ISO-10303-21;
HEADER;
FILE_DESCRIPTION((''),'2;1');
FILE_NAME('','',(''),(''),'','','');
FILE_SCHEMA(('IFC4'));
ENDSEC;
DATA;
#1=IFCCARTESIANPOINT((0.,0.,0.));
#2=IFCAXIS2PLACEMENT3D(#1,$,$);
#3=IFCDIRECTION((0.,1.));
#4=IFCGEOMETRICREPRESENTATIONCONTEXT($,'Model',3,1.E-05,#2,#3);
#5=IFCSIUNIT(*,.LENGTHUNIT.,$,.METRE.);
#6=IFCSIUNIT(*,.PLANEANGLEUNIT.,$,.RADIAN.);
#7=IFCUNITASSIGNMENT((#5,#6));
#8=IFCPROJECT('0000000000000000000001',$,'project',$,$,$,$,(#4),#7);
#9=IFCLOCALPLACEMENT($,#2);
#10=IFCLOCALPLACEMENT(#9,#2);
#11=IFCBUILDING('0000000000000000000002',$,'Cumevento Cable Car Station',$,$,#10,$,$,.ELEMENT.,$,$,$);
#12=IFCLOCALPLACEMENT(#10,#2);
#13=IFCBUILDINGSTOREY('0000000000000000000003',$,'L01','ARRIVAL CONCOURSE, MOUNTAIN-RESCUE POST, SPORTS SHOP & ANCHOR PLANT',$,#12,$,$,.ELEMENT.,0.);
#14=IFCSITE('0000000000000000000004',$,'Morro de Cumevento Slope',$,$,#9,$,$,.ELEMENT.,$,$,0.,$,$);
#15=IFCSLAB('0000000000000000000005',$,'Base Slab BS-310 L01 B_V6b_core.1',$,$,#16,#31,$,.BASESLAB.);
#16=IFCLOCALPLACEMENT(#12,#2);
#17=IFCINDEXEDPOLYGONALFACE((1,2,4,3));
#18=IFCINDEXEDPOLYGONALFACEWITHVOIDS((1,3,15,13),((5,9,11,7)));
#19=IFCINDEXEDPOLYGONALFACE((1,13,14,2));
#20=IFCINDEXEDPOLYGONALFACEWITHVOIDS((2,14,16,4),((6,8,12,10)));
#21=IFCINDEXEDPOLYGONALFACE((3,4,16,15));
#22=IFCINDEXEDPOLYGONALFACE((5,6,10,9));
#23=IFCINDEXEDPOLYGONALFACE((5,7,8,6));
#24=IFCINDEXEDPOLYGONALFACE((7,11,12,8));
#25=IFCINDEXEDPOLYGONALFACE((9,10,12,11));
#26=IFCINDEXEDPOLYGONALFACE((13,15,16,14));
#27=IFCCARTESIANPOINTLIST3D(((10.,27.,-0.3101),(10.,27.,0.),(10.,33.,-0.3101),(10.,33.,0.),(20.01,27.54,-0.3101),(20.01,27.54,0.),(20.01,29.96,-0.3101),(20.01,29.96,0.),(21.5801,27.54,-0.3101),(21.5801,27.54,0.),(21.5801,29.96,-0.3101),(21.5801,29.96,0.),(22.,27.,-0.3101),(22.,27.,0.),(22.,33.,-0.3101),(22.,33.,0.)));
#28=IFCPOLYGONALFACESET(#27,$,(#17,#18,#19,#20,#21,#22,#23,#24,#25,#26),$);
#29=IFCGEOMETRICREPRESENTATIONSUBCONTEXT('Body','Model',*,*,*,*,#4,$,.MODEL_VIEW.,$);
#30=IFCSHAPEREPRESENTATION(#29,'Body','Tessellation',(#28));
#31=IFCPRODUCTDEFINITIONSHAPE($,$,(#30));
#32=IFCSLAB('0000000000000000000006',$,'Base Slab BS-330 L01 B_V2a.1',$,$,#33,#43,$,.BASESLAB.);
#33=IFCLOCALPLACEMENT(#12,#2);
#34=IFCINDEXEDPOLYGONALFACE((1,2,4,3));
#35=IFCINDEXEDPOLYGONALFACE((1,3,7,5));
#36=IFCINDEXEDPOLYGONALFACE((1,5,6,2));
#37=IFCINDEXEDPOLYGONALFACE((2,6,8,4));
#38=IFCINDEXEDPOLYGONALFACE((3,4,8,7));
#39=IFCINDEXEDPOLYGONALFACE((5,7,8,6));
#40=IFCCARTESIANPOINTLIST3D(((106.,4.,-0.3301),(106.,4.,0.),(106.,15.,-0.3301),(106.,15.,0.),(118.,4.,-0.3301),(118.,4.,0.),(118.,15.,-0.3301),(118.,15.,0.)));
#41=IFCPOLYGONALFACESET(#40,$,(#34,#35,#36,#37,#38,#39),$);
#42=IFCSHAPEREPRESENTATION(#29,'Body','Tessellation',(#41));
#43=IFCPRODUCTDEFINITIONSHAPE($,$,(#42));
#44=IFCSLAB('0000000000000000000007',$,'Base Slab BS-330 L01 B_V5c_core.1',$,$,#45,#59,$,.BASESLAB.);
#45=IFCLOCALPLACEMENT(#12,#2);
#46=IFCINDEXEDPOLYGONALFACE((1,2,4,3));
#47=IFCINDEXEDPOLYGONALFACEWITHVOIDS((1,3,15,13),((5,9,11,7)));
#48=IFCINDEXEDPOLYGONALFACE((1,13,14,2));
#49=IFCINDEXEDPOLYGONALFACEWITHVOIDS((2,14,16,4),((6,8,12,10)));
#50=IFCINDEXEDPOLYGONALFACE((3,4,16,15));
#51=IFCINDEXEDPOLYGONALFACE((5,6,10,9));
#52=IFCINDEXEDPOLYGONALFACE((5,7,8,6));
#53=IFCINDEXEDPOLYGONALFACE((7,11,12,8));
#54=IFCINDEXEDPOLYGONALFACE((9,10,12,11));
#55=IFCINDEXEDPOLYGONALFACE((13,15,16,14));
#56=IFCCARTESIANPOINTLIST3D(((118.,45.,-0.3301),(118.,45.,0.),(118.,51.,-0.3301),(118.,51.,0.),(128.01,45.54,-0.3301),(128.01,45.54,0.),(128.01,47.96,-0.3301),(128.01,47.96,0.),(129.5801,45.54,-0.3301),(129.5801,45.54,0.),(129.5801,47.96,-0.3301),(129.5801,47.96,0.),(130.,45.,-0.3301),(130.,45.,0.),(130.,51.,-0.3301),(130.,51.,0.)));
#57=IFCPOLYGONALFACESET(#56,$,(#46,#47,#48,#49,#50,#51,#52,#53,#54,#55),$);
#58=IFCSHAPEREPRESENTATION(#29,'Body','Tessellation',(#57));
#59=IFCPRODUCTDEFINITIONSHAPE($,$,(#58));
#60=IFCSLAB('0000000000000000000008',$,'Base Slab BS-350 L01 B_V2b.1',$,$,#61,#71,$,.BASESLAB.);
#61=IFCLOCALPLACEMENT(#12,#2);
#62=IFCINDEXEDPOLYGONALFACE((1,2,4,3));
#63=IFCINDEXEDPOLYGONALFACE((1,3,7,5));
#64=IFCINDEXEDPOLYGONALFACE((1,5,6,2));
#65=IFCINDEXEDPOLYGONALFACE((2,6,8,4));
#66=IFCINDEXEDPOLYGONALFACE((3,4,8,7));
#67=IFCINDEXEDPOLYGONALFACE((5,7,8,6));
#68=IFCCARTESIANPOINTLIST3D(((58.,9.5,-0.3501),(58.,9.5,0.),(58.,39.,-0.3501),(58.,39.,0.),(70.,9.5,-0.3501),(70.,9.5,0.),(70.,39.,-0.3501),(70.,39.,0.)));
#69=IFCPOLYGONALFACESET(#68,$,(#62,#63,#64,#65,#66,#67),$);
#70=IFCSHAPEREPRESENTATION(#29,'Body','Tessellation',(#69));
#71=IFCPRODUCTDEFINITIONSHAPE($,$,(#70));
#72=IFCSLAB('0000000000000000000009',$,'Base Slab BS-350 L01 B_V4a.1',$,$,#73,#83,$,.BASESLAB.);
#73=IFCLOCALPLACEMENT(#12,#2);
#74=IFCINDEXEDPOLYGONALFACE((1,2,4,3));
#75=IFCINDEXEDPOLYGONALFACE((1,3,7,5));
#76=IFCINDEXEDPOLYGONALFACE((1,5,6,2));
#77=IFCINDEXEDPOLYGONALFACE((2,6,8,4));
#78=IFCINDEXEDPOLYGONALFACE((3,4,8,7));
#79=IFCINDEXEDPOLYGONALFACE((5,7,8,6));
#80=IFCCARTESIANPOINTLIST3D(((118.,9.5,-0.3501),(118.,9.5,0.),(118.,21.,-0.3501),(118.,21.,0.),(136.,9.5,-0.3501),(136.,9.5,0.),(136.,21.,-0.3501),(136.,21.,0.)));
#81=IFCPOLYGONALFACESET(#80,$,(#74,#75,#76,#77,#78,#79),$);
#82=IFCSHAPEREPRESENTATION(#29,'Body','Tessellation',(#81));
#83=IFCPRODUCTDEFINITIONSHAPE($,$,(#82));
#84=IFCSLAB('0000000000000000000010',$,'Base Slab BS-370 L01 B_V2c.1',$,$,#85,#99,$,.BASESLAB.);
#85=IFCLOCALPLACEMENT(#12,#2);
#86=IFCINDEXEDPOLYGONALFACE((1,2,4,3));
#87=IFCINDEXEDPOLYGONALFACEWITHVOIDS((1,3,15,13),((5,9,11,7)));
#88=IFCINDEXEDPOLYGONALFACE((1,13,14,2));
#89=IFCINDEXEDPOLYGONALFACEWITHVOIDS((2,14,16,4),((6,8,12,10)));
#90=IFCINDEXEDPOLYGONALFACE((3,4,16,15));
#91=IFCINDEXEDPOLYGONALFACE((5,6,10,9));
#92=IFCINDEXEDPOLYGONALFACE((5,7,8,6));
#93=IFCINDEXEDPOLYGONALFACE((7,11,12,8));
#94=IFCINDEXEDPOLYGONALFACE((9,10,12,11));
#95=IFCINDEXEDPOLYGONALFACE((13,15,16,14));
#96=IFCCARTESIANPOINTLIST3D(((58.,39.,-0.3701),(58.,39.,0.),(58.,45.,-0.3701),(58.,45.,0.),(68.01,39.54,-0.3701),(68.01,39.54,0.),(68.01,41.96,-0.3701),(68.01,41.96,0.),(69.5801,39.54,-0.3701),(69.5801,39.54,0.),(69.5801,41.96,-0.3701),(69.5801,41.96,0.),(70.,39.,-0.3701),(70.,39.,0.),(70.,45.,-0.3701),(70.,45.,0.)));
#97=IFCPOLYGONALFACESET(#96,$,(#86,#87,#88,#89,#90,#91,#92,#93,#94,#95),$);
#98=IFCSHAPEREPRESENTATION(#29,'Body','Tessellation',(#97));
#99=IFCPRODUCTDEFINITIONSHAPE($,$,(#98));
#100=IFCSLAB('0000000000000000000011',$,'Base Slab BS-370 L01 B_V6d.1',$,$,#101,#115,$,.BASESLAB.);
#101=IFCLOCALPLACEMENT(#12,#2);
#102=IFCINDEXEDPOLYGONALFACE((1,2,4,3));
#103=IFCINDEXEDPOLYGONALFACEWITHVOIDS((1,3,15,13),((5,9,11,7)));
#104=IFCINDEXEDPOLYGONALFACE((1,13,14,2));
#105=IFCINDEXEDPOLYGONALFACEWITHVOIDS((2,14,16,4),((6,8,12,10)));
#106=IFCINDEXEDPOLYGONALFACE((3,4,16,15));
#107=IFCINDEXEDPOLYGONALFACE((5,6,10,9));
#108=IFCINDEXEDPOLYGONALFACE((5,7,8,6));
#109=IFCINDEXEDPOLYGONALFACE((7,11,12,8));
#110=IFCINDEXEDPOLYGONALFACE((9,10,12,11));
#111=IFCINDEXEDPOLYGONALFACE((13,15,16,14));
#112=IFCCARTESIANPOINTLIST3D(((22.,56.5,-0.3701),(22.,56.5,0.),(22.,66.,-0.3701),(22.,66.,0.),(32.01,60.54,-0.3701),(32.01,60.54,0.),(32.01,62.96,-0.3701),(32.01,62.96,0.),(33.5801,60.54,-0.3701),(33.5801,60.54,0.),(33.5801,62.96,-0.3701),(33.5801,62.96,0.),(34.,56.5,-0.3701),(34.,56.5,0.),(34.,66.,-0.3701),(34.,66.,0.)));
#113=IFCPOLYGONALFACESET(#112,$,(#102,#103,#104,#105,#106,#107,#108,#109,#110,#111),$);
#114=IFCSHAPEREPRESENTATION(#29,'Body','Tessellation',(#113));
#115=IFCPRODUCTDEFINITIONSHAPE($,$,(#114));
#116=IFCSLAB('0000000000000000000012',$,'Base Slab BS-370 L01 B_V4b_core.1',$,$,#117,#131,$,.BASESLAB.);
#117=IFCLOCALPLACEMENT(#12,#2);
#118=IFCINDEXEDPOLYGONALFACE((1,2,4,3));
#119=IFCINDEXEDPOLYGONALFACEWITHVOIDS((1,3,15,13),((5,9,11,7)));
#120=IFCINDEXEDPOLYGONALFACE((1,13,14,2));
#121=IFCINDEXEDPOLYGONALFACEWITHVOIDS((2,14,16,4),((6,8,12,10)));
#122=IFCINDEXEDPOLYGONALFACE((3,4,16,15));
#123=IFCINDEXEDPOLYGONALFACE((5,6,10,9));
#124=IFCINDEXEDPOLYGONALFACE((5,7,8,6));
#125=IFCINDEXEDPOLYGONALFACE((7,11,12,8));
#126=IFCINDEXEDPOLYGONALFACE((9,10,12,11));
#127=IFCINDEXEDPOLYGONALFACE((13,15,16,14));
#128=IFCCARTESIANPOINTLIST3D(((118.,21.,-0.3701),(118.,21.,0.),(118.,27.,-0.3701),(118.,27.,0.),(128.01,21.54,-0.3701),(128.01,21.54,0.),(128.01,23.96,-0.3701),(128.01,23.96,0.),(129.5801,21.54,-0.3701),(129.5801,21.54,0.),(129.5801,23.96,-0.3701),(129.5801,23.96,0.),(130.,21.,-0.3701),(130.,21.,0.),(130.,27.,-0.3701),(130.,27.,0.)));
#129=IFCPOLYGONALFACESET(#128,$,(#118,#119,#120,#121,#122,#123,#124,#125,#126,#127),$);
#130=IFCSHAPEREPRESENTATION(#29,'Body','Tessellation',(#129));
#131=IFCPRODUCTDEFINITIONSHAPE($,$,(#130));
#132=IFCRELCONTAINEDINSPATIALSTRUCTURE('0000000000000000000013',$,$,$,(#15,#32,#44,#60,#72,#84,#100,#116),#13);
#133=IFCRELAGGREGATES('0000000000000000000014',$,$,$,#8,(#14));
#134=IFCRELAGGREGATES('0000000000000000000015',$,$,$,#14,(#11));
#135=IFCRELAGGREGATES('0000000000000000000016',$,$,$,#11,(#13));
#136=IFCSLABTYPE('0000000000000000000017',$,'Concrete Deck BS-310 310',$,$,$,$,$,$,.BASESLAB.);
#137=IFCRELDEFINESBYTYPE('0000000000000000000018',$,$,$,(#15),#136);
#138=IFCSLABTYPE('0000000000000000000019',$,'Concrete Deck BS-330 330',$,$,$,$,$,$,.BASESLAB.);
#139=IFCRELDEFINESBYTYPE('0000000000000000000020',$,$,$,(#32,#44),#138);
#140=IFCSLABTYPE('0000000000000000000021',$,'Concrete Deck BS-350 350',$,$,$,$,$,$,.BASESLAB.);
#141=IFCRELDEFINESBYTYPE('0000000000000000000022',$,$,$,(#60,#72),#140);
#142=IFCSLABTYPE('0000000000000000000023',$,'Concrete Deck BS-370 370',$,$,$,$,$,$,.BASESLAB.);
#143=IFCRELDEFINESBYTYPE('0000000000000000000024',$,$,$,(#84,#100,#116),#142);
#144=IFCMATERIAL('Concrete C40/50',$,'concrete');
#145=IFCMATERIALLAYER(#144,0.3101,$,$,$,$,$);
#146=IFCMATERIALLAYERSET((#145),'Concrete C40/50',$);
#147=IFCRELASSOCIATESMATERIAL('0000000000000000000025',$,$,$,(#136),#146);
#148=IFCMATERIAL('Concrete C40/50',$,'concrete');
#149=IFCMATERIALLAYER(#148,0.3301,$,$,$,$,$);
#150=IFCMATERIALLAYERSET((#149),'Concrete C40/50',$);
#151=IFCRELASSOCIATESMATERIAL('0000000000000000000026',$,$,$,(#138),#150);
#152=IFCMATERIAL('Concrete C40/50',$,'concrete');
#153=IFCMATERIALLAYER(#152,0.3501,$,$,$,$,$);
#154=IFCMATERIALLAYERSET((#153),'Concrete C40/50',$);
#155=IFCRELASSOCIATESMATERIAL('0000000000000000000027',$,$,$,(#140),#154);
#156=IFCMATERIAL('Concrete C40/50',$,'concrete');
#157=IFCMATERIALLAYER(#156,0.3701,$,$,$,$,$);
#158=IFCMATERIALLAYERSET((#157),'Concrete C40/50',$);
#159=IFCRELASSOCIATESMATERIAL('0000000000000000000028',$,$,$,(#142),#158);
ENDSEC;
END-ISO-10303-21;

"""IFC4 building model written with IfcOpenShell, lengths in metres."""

from ifc_helpers import new_model, si_unit, direction, frame, origin, place, context, subcontext, project, spatial, polyline, outline, extrude, material, layer, layer_set, type_object, element, save


model = new_model("IFC4")

# Units and contexts
model_context = context("Model", 3, precision=1e-05, world=origin(), true_north=direction((0.0, 1.0)))
body_context = subcontext(model_context, "Body", "Model", "MODEL_VIEW")
ifc_project = project(units=[si_unit("LENGTHUNIT", "METRE"), si_unit("PLANEANGLEUNIT", "RADIAN")], contexts=[model_context])

# Site, building, storey
site_placement = place(None, origin())
site = spatial("IfcSite", under=ifc_project, at=site_placement, Name="Morro de Cumevento Slope", CompositionType="ELEMENT", RefElevation=0.0)
building_placement = place(site_placement, origin())
building = spatial("IfcBuilding", under=site, at=building_placement, Name="Cumevento Cable Car Station", CompositionType="ELEMENT")
storey_placement = place(building_placement, origin())
storey = spatial("IfcBuildingStorey", under=building, at=storey_placement, Name="L01", Description="ARRIVAL CONCOURSE, MOUNTAIN-RESCUE POST, SPORTS SHOP & ANCHOR PLANT", CompositionType="ELEMENT", Elevation=0.0)

# Slabs
ifc_material_1 = material(Name="Concrete C40/50", Category="concrete")
ifc_layer_1 = layer(ifc_material_1, 0.3101)
ifc_layer_set_1 = layer_set([ifc_layer_1], Name="Concrete C40/50")
slab_type_1 = type_object("IfcSlabType", Name="Concrete Deck BS-310 310", PredefinedType="BASESLAB", material=ifc_layer_set_1)
slab_1_placement = place(storey_placement, frame((0.0, 0.0, -0.3101)))
element("IfcSlab", 1, at=slab_1_placement, inside=storey, type_object=slab_type_1, Name="Base Slab BS-310 L01 B_V6b_core.1", PredefinedType="BASESLAB", context=body_context, shape_type="SweptSolid", body=[
    extrude(outline(polyline([(10.0, 27.0), (22.0, 27.0), (22.0, 33.0), (10.0, 33.0), (10.0, 27.0)]), holes=[polyline([(20.01, 27.54), (21.5801, 27.54), (21.5801, 29.96), (20.01, 29.96), (20.01, 27.54)])]), origin(), (0.0, 0.0, 1.0), 0.3101),
])
ifc_material_2 = material(Name="Concrete C40/50", Category="concrete")
ifc_layer_2 = layer(ifc_material_2, 0.3301)
ifc_layer_set_2 = layer_set([ifc_layer_2], Name="Concrete C40/50")
slab_type_2 = type_object("IfcSlabType", Name="Concrete Deck BS-330 330", PredefinedType="BASESLAB", material=ifc_layer_set_2)
slab_2_placement = place(storey_placement, frame((0.0, 0.0, -0.3301)))
element("IfcSlab", 2, at=slab_2_placement, inside=storey, type_object=slab_type_2, Name="Base Slab BS-330 L01 B_V2a.1", PredefinedType="BASESLAB", context=body_context, shape_type="SweptSolid", body=[
    extrude(outline(polyline([(106.0, 4.0), (118.0, 4.0), (118.0, 15.0), (106.0, 15.0), (106.0, 4.0)])), origin(), (0.0, 0.0, 1.0), 0.3301),
])
slab_3_placement = place(storey_placement, frame((0.0, 0.0, -0.3301)))
element("IfcSlab", 3, at=slab_3_placement, inside=storey, type_object=slab_type_2, Name="Base Slab BS-330 L01 B_V5c_core.1", PredefinedType="BASESLAB", context=body_context, shape_type="SweptSolid", body=[
    extrude(outline(polyline([(118.0, 45.0), (130.0, 45.0), (130.0, 51.0), (118.0, 51.0), (118.0, 45.0)]), holes=[polyline([(128.01, 45.54), (129.5801, 45.54), (129.5801, 47.96), (128.01, 47.96), (128.01, 45.54)])]), origin(), (0.0, 0.0, 1.0), 0.3301),
])
ifc_material_3 = material(Name="Concrete C40/50", Category="concrete")
ifc_layer_3 = layer(ifc_material_3, 0.3501)
ifc_layer_set_3 = layer_set([ifc_layer_3], Name="Concrete C40/50")
slab_type_3 = type_object("IfcSlabType", Name="Concrete Deck BS-350 350", PredefinedType="BASESLAB", material=ifc_layer_set_3)
slab_4_placement = place(storey_placement, frame((0.0, 0.0, -0.3501)))
element("IfcSlab", 4, at=slab_4_placement, inside=storey, type_object=slab_type_3, Name="Base Slab BS-350 L01 B_V2b.1", PredefinedType="BASESLAB", context=body_context, shape_type="SweptSolid", body=[
    extrude(outline(polyline([(58.0, 9.5), (70.0, 9.5), (70.0, 39.0), (58.0, 39.0), (58.0, 9.5)])), origin(), (0.0, 0.0, 1.0), 0.3501),
])
slab_5_placement = place(storey_placement, frame((0.0, 0.0, -0.3501)))
element("IfcSlab", 5, at=slab_5_placement, inside=storey, type_object=slab_type_3, Name="Base Slab BS-350 L01 B_V4a.1", PredefinedType="BASESLAB", context=body_context, shape_type="SweptSolid", body=[
    extrude(outline(polyline([(118.0, 9.5), (136.0, 9.5), (136.0, 21.0), (118.0, 21.0), (118.0, 9.5)])), origin(), (0.0, 0.0, 1.0), 0.3501),
])
ifc_material_4 = material(Name="Concrete C40/50", Category="concrete")
ifc_layer_4 = layer(ifc_material_4, 0.3701)
ifc_layer_set_4 = layer_set([ifc_layer_4], Name="Concrete C40/50")
slab_type_4 = type_object("IfcSlabType", Name="Concrete Deck BS-370 370", PredefinedType="BASESLAB", material=ifc_layer_set_4)
slab_6_placement = place(storey_placement, frame((0.0, 0.0, -0.3701)))
element("IfcSlab", 6, at=slab_6_placement, inside=storey, type_object=slab_type_4, Name="Base Slab BS-370 L01 B_V2c.1", PredefinedType="BASESLAB", context=body_context, shape_type="SweptSolid", body=[
    extrude(outline(polyline([(58.0, 39.0), (70.0, 39.0), (70.0, 45.0), (58.0, 45.0), (58.0, 39.0)]), holes=[polyline([(68.01, 39.54), (69.5801, 39.54), (69.5801, 41.96), (68.01, 41.96), (68.01, 39.54)])]), origin(), (0.0, 0.0, 1.0), 0.3701),
])
slab_7_placement = place(storey_placement, frame((0.0, 0.0, -0.3701)))
element("IfcSlab", 7, at=slab_7_placement, inside=storey, type_object=slab_type_4, Name="Base Slab BS-370 L01 B_V6d.1", PredefinedType="BASESLAB", context=body_context, shape_type="SweptSolid", body=[
    extrude(outline(polyline([(22.0, 56.5), (34.0, 56.5), (34.0, 66.0), (22.0, 66.0), (22.0, 56.5)]), holes=[polyline([(32.01, 60.54), (33.5801, 60.54), (33.5801, 62.96), (32.01, 62.96), (32.01, 60.54)])]), origin(), (0.0, 0.0, 1.0), 0.3701),
])
slab_8_placement = place(storey_placement, frame((0.0, 0.0, -0.3701)))
element("IfcSlab", 8, at=slab_8_placement, inside=storey, type_object=slab_type_4, Name="Base Slab BS-370 L01 B_V4b_core.1", PredefinedType="BASESLAB", context=body_context, shape_type="SweptSolid", body=[
    extrude(outline(polyline([(118.0, 21.0), (130.0, 21.0), (130.0, 27.0), (118.0, 27.0), (118.0, 21.0)]), holes=[polyline([(128.01, 21.54), (129.5801, 21.54), (129.5801, 23.96), (128.01, 23.96), (128.01, 21.54)])]), origin(), (0.0, 0.0, 1.0), 0.3701),
])

save(model, "model.ifc")
